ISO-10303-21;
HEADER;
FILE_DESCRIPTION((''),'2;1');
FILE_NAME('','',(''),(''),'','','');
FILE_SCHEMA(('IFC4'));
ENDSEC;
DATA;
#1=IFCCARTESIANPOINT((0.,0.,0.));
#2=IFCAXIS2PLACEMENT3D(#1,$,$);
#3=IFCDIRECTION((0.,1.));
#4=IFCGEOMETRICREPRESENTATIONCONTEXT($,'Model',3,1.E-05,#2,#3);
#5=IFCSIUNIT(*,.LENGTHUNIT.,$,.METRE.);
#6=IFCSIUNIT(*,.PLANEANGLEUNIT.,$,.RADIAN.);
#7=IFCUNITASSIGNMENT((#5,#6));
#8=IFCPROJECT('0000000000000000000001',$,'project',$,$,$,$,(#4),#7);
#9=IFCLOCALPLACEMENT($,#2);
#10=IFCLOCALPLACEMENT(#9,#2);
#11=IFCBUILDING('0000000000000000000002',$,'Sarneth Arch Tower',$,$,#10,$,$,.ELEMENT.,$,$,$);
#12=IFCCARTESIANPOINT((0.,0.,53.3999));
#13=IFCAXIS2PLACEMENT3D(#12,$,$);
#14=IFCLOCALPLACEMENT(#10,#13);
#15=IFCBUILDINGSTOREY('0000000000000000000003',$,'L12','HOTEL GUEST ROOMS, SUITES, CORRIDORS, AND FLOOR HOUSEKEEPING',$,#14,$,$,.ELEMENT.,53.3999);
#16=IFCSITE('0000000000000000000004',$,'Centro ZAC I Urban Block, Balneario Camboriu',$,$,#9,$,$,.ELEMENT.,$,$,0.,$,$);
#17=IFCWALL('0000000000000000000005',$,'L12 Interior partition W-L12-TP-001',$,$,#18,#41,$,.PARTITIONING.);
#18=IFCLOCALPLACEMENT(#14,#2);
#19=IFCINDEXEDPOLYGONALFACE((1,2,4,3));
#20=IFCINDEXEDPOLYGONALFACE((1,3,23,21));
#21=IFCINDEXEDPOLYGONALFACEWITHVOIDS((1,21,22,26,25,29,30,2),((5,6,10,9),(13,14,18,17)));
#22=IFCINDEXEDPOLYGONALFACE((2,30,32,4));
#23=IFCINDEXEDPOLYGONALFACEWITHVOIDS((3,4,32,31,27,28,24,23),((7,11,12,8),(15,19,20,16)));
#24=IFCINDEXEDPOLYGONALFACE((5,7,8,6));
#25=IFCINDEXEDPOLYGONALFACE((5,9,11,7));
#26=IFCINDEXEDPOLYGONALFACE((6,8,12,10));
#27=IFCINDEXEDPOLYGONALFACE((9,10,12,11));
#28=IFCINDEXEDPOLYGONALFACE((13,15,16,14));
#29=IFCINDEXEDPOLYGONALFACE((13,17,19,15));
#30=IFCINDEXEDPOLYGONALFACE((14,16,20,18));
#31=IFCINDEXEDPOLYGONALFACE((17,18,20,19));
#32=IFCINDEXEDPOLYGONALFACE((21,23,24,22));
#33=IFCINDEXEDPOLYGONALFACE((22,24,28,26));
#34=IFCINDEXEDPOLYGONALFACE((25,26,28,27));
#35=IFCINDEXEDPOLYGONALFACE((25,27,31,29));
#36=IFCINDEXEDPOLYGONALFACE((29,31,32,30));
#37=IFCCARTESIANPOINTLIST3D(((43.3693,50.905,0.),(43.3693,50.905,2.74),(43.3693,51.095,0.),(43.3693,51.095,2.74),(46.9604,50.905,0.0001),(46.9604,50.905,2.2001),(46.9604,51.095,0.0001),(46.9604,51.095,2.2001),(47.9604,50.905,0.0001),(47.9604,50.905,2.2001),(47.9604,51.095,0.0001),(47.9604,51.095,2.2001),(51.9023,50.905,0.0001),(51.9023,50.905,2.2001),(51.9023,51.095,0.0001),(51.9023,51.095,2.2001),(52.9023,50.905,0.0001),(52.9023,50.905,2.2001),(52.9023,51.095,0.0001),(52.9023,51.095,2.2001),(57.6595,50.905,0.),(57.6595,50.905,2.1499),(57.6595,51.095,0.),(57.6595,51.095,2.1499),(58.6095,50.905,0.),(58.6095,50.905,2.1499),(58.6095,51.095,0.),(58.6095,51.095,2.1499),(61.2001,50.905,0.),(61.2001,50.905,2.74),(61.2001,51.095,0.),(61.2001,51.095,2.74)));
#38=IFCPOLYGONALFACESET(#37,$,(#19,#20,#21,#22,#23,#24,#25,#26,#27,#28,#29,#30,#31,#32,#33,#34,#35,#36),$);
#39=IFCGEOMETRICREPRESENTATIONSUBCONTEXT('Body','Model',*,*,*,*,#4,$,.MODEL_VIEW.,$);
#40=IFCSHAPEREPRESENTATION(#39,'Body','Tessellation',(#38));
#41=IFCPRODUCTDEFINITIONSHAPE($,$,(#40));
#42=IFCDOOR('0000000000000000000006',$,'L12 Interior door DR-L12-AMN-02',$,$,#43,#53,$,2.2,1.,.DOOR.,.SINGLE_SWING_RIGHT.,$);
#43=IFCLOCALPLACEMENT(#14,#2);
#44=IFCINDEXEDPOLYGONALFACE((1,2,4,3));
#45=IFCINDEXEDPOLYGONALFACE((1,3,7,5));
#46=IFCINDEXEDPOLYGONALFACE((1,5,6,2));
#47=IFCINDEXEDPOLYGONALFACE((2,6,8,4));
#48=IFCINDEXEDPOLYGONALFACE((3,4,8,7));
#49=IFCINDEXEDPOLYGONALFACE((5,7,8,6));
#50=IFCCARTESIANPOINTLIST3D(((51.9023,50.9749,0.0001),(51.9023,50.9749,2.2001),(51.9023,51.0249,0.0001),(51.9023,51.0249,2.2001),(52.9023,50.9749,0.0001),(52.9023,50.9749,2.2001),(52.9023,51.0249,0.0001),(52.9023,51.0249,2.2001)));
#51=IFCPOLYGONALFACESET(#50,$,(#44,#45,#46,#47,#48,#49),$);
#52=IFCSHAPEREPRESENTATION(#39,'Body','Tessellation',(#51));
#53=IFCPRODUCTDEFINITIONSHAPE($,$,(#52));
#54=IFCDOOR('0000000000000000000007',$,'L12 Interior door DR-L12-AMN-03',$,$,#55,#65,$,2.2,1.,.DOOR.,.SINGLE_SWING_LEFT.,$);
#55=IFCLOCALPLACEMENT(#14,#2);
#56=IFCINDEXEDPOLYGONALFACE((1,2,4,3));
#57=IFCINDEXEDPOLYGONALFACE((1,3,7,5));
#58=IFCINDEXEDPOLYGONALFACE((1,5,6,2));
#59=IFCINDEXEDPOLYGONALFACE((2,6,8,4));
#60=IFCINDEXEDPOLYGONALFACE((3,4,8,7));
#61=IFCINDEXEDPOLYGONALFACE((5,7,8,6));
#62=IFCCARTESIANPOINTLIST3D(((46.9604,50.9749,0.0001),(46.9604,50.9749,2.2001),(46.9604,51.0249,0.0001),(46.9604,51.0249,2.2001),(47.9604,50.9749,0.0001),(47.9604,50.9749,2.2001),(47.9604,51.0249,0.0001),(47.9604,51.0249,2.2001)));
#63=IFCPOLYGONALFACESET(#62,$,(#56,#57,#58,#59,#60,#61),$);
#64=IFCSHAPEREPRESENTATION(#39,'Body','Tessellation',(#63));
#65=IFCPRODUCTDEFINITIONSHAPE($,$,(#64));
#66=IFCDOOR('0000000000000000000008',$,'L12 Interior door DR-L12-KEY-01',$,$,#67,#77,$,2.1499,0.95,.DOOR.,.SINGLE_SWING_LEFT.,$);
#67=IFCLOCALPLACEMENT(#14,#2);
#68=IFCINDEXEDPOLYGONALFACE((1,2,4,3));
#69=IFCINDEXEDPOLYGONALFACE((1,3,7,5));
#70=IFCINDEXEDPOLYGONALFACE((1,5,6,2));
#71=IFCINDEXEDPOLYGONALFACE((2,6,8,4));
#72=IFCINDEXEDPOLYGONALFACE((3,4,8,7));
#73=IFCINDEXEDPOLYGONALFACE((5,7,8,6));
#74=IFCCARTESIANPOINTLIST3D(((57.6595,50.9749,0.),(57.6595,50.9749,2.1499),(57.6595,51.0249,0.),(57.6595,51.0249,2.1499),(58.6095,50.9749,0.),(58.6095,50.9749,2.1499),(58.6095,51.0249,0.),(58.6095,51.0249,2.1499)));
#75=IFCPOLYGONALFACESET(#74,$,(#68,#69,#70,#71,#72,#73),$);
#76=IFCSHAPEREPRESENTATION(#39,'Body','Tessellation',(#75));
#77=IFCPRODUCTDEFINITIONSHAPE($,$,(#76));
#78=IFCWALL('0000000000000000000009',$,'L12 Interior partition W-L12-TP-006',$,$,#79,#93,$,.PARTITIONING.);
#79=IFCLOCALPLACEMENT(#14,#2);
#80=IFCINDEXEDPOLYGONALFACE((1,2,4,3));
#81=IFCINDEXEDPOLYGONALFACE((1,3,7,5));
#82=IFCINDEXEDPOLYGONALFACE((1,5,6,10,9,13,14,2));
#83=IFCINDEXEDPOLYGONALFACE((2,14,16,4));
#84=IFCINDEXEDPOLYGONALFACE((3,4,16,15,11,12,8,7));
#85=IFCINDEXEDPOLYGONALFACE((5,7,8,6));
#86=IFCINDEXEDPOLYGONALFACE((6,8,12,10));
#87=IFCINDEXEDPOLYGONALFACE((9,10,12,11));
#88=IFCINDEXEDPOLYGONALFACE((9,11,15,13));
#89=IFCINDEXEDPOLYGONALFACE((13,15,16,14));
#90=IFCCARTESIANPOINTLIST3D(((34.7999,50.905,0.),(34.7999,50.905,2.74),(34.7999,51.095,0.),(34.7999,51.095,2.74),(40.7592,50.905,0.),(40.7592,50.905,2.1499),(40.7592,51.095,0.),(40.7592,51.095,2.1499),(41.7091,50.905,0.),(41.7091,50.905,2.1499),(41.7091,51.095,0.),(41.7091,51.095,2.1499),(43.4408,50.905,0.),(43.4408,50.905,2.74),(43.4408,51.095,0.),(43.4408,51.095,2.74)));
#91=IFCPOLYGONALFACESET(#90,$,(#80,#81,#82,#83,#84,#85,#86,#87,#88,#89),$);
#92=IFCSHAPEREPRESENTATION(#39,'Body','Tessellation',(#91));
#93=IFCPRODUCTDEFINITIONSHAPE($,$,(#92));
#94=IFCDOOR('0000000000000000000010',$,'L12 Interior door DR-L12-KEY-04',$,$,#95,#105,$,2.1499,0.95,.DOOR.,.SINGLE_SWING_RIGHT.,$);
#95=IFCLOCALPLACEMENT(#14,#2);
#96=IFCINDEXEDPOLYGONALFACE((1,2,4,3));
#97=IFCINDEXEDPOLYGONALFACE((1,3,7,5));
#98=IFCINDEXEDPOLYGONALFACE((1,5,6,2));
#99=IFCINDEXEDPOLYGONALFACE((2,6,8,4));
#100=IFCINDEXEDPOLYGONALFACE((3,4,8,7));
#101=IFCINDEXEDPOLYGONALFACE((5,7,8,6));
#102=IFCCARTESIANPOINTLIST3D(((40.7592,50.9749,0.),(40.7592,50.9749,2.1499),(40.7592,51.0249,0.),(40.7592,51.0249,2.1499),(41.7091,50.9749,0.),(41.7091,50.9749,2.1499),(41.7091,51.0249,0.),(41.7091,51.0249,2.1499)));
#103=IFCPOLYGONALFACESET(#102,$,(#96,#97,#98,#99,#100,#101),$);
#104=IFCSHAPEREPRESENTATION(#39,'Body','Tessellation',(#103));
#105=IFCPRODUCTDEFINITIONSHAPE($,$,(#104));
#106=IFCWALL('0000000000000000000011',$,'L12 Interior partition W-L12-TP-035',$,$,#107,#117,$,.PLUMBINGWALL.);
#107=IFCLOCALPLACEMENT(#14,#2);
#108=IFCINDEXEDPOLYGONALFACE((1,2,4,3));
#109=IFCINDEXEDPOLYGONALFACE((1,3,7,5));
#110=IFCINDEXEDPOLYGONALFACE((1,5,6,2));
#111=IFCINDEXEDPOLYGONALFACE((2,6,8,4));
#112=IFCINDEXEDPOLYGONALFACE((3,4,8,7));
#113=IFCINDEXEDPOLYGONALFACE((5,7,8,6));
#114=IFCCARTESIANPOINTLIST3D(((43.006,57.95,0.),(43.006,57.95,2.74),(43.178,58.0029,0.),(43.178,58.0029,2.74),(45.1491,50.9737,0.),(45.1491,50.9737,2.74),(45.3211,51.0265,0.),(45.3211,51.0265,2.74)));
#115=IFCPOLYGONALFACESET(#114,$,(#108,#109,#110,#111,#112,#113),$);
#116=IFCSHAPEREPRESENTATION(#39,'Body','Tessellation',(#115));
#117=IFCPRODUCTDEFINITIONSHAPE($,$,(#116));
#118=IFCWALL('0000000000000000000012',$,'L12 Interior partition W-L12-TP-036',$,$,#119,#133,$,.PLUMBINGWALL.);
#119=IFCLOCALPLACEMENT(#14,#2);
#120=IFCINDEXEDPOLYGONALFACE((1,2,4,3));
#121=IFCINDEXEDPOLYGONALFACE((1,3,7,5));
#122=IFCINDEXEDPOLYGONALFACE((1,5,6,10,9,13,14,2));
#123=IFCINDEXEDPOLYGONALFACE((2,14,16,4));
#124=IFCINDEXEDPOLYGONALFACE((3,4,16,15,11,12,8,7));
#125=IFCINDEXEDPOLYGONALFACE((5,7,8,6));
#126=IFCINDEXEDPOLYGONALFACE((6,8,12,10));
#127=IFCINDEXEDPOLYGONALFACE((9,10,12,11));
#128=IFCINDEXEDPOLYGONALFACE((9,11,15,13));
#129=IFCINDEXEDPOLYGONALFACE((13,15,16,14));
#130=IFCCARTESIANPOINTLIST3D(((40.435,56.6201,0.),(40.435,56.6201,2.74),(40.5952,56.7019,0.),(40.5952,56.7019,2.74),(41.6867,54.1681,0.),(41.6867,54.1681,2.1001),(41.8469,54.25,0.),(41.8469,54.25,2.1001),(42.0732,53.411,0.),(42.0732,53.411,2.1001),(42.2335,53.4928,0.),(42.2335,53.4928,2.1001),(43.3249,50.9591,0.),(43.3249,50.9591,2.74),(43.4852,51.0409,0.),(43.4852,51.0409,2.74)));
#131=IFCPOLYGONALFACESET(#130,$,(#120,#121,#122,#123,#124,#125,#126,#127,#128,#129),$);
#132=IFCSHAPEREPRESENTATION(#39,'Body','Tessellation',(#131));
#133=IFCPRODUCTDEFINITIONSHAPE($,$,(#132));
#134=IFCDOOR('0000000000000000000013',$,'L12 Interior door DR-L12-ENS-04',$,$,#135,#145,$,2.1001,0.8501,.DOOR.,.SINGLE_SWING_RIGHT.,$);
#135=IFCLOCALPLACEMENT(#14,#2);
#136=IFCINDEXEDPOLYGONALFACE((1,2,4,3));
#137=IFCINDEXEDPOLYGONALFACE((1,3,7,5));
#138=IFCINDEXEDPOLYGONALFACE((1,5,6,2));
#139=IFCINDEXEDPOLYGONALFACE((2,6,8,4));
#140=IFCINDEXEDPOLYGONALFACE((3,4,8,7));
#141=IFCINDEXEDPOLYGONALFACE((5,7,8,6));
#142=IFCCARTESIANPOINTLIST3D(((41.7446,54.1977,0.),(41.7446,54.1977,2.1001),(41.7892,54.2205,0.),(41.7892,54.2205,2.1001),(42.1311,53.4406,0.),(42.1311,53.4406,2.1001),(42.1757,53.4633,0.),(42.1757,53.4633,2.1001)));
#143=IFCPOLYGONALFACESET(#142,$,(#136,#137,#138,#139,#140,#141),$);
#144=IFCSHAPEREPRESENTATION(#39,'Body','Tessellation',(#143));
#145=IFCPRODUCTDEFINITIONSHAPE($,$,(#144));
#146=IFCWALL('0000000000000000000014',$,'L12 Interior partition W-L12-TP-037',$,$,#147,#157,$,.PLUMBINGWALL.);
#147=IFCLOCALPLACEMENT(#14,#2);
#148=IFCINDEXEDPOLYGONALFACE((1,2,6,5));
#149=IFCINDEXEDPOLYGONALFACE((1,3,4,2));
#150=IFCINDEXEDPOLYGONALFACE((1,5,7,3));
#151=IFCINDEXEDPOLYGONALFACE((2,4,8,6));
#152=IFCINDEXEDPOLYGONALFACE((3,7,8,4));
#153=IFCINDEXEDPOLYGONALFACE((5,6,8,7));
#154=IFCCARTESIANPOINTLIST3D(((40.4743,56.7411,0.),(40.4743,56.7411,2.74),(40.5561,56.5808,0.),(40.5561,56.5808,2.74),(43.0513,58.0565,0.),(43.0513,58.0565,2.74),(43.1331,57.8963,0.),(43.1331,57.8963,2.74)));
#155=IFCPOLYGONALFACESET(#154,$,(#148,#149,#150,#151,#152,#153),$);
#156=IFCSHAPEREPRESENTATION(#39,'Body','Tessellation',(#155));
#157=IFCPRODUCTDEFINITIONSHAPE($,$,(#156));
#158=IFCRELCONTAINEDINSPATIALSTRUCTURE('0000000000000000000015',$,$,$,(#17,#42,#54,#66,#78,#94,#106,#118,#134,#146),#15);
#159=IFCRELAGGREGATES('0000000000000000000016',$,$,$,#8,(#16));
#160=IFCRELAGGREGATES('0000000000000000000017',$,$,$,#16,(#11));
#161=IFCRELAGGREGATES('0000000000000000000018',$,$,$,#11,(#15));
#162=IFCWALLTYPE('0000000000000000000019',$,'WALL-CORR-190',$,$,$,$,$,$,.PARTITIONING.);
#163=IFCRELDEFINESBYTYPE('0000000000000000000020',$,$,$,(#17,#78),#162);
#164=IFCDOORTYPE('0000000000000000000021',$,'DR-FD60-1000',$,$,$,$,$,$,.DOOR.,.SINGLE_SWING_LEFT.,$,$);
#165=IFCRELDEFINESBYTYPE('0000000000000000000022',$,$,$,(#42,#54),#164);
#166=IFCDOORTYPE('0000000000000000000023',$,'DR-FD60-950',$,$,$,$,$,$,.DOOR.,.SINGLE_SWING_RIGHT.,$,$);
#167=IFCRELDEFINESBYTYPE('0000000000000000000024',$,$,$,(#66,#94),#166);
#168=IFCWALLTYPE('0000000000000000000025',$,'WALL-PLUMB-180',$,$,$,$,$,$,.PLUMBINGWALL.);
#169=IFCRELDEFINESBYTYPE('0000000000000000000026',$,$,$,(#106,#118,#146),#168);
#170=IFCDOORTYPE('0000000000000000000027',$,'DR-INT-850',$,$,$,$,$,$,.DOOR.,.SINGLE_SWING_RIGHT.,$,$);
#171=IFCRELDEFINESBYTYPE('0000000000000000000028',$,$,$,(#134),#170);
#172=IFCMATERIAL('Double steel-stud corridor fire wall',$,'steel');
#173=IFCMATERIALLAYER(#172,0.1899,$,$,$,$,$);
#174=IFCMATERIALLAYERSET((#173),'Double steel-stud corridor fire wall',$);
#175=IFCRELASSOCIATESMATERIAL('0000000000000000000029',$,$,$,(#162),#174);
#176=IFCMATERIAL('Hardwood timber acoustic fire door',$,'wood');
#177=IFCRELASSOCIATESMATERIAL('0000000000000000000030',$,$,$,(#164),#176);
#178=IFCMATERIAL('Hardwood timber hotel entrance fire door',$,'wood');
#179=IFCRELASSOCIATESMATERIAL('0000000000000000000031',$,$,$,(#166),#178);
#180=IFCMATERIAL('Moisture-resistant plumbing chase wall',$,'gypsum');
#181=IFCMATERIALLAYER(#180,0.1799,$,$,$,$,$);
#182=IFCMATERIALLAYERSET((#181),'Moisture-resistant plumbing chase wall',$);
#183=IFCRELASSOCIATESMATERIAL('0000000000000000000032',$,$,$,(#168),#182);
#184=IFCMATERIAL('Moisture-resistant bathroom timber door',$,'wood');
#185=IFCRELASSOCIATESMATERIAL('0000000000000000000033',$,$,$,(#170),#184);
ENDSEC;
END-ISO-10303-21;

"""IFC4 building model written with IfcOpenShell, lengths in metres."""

from ifc_helpers import new_model, si_unit, direction, frame, frame_2d, origin, place, context, subcontext, project, spatial, rectangle, extrude, material, layer, layer_set, type_object, element, fill, save


model = new_model("IFC4")

# Units and contexts
model_context = context("Model", 3, precision=1e-05, world=origin(), true_north=direction((0.0, 1.0)))
body_context = subcontext(model_context, "Body", "Model", "MODEL_VIEW")
ifc_project = project(units=[si_unit("LENGTHUNIT", "METRE"), si_unit("PLANEANGLEUNIT", "RADIAN")], contexts=[model_context])

# Site, building, storey
site_placement = place(None, origin())
site = spatial("IfcSite", under=ifc_project, at=site_placement, Name="Centro ZAC I Urban Block, Balneario Camboriu", CompositionType="ELEMENT", RefElevation=0.0)
building_placement = place(site_placement, origin())
building = spatial("IfcBuilding", under=site, at=building_placement, Name="Sarneth Arch Tower", CompositionType="ELEMENT")
storey_placement = place(building_placement, frame((0.0, 0.0, 53.3999)))
storey = spatial("IfcBuildingStorey", under=building, at=storey_placement, Name="L12", Description="HOTEL GUEST ROOMS, SUITES, CORRIDORS, AND FLOOR HOUSEKEEPING", CompositionType="ELEMENT", Elevation=53.3999)

# Wall, openings, doors
ifc_material_1 = material(Name="Double steel-stud corridor fire wall", Category="steel")
ifc_layer_1 = layer(ifc_material_1, 0.1899)
ifc_layer_set_1 = layer_set([ifc_layer_1], Name="Double steel-stud corridor fire wall")
wall_type_1 = type_object("IfcWallType", Name="WALL-CORR-190", PredefinedType="PARTITIONING", material=ifc_layer_set_1)
wall_1_placement = place(storey_placement, frame((43.3691, 51.0, 0.0), z_axis=(0.0, 0.0, 1.0), x_axis=(1.0, 0.0, 0.0)))
wall_1 = element("IfcWall", 1, at=wall_1_placement, inside=storey, type_object=wall_type_1, Name="L12 Interior partition W-L12-TP-001", PredefinedType="PARTITIONING", context=body_context, shape_type="SweptSolid", body=[
    extrude(rectangle(XDim=17.8308, YDim=0.1899, at=frame_2d((8.9155, 0.0))), origin(), (0.0, 0.0, 1.0), 2.74),
])
opening_1_placement = place(wall_1_placement, frame((14.2903, 0.0, 0.0)))
opening_1 = element("IfcOpeningElement", 2, at=opening_1_placement, cuts=wall_1, PredefinedType="OPENING", context=body_context, shape_type="SweptSolid", body=[
    extrude(rectangle(XDim=0.95, YDim=2.1499, at=frame_2d((0.4751, 1.075))), frame((0.0, 0.105, 0.0), z_axis=(0.0, -1.0, 0.0), x_axis=(1.0, 0.0, 0.0)), (0.0, 0.0, 1.0), 0.21),
])
opening_2_placement = place(wall_1_placement, frame((8.5332, 0.0, 0.0)))
opening_2 = element("IfcOpeningElement", 3, at=opening_2_placement, cuts=wall_1, PredefinedType="OPENING", context=body_context, shape_type="SweptSolid", body=[
    extrude(rectangle(XDim=1.0, YDim=2.2, at=frame_2d((0.5, 1.1001))), frame((0.0, 0.105, 0.0), z_axis=(0.0, -1.0, 0.0), x_axis=(1.0, 0.0, 0.0)), (0.0, 0.0, 1.0), 0.21),
])
opening_3_placement = place(wall_1_placement, frame((3.5913, 0.0, 0.0)))
opening_3 = element("IfcOpeningElement", 4, at=opening_3_placement, cuts=wall_1, PredefinedType="OPENING", context=body_context, shape_type="SweptSolid", body=[
    extrude(rectangle(XDim=1.0, YDim=2.2, at=frame_2d((0.5, 1.1001))), frame((0.0, 0.105, 0.0), z_axis=(0.0, -1.0, 0.0), x_axis=(1.0, 0.0, 0.0)), (0.0, 0.0, 1.0), 0.21),
])
ifc_material_2 = material(Name="Hardwood timber acoustic fire door", Category="wood")
door_type_1 = type_object("IfcDoorType", Name="DR-FD60-1000", OperationType="SINGLE_SWING_LEFT", PredefinedType="DOOR", material=ifc_material_2)
door_1_placement = place(opening_2_placement, origin())
door_1 = element("IfcDoor", 5, at=door_1_placement, inside=storey, type_object=door_type_1, Name="L12 Interior door DR-L12-AMN-02", OperationType="SINGLE_SWING_RIGHT", OverallHeight=2.2, OverallWidth=1.0, PredefinedType="DOOR", context=body_context, shape_type="SweptSolid", body=[
    extrude(rectangle(XDim=1.0, YDim=2.2, at=frame_2d((0.5, 1.1001))), frame((0.0, 0.0249, 0.0), z_axis=(0.0, -1.0, 0.0), x_axis=(1.0, 0.0, 0.0)), (0.0, 0.0, 1.0), 0.05),
])
fill(opening_2, door_1)
door_2_placement = place(opening_3_placement, origin())
door_2 = element("IfcDoor", 6, at=door_2_placement, inside=storey, type_object=door_type_1, Name="L12 Interior door DR-L12-AMN-03", OperationType="SINGLE_SWING_LEFT", OverallHeight=2.2, OverallWidth=1.0, PredefinedType="DOOR", context=body_context, shape_type="SweptSolid", body=[
    extrude(rectangle(XDim=1.0, YDim=2.2, at=frame_2d((0.5, 1.1001))), frame((0.0, 0.0249, 0.0), z_axis=(0.0, -1.0, 0.0), x_axis=(1.0, 0.0, 0.0)), (0.0, 0.0, 1.0), 0.05),
])
fill(opening_3, door_2)
ifc_material_3 = material(Name="Hardwood timber hotel entrance fire door", Category="wood")
door_type_2 = type_object("IfcDoorType", Name="DR-FD60-950", OperationType="SINGLE_SWING_RIGHT", PredefinedType="DOOR", material=ifc_material_3)
door_3_placement = place(opening_1_placement, origin())
door_3 = element("IfcDoor", 7, at=door_3_placement, inside=storey, type_object=door_type_2, Name="L12 Interior door DR-L12-KEY-01", OperationType="SINGLE_SWING_LEFT", OverallHeight=2.1499, OverallWidth=0.95, PredefinedType="DOOR", context=body_context, shape_type="SweptSolid", body=[
    extrude(rectangle(XDim=0.95, YDim=2.1499, at=frame_2d((0.4751, 1.075))), frame((0.0, 0.0249, 0.0), z_axis=(0.0, -1.0, 0.0), x_axis=(1.0, 0.0, 0.0)), (0.0, 0.0, 1.0), 0.05),
])
fill(opening_1, door_3)

# Wall, opening, door
wall_2_placement = place(storey_placement, frame((34.8, 51.0, 0.0), z_axis=(0.0, 0.0, 1.0), x_axis=(1.0, 0.0, 0.0)))
wall_2 = element("IfcWall", 8, at=wall_2_placement, inside=storey, type_object=wall_type_1, Name="L12 Interior partition W-L12-TP-006", PredefinedType="PARTITIONING", context=body_context, shape_type="SweptSolid", body=[
    extrude(rectangle(XDim=8.6409, YDim=0.1899, at=frame_2d((4.3203, 0.0))), origin(), (0.0, 0.0, 1.0), 2.74),
])
opening_4_placement = place(wall_2_placement, frame((5.959, 0.0, 0.0)))
opening_4 = element("IfcOpeningElement", 9, at=opening_4_placement, cuts=wall_2, PredefinedType="OPENING", context=body_context, shape_type="SweptSolid", body=[
    extrude(rectangle(XDim=0.95, YDim=2.1499, at=frame_2d((0.4751, 1.075))), frame((0.0, 0.105, 0.0), z_axis=(0.0, -1.0, 0.0), x_axis=(1.0, 0.0, 0.0)), (0.0, 0.0, 1.0), 0.21),
])
door_4_placement = place(opening_4_placement, origin())
door_4 = element("IfcDoor", 10, at=door_4_placement, inside=storey, type_object=door_type_2, Name="L12 Interior door DR-L12-KEY-04", OperationType="SINGLE_SWING_RIGHT", OverallHeight=2.1499, OverallWidth=0.95, PredefinedType="DOOR", context=body_context, shape_type="SweptSolid", body=[
    extrude(rectangle(XDim=0.95, YDim=2.1499, at=frame_2d((0.4751, 1.075))), frame((0.0, 0.0249, 0.0), z_axis=(0.0, -1.0, 0.0), x_axis=(1.0, 0.0, 0.0)), (0.0, 0.0, 1.0), 0.05),
])
fill(opening_4, door_4)

# Wall
ifc_material_4 = material(Name="Moisture-resistant plumbing chase wall", Category="gypsum")
ifc_layer_2 = layer(ifc_material_4, 0.1799)
ifc_layer_set_2 = layer_set([ifc_layer_2], Name="Moisture-resistant plumbing chase wall")
wall_type_2 = type_object("IfcWallType", Name="WALL-PLUMB-180", PredefinedType="PLUMBINGWALL", material=ifc_layer_set_2)
wall_3_placement = place(storey_placement, frame((43.092, 57.9763, 0.0), z_axis=(0.0, 0.0, 1.0), x_axis=(0.293649, -0.955913, 0.0)))
element("IfcWall", 11, at=wall_3_placement, inside=storey, type_object=wall_type_2, Name="L12 Interior partition W-L12-TP-035", PredefinedType="PLUMBINGWALL", context=body_context, shape_type="SweptSolid", body=[
    extrude(rectangle(XDim=7.2981, YDim=0.1799, at=frame_2d((3.6489, 0.0))), origin(), (0.0, 0.0, 1.0), 2.74),
])

# Wall, opening, door
wall_4_placement = place(storey_placement, frame((43.405, 51.0, 0.0), z_axis=(0.0, 0.0, 1.0), x_axis=(-0.454681, 0.890655, 0.0)))
wall_4 = element("IfcWall", 12, at=wall_4_placement, inside=storey, type_object=wall_type_2, Name="L12 Interior partition W-L12-TP-036", PredefinedType="PLUMBINGWALL", context=body_context, shape_type="SweptSolid", body=[
    extrude(rectangle(XDim=6.356, YDim=0.1799, at=frame_2d((3.178, 0.0))), origin(), (0.0, 0.0, 1.0), 2.74),
])
opening_5_placement = place(wall_4_placement, frame((2.7529, 0.0, 0.0)))
opening_5 = element("IfcOpeningElement", 13, at=opening_5_placement, cuts=wall_4, PredefinedType="OPENING", context=body_context, shape_type="SweptSolid", body=[
    extrude(rectangle(XDim=0.8501, YDim=2.1001, at=frame_2d((0.425, 1.05))), frame((0.0, 0.0999, 0.0), z_axis=(0.0, -1.0, 0.0), x_axis=(1.0, 0.0, 0.0)), (0.0, 0.0, 1.0), 0.2),
])
ifc_material_5 = material(Name="Moisture-resistant bathroom timber door", Category="wood")
door_type_3 = type_object("IfcDoorType", Name="DR-INT-850", OperationType="SINGLE_SWING_RIGHT", PredefinedType="DOOR", material=ifc_material_5)
door_5_placement = place(opening_5_placement, origin())
door_5 = element("IfcDoor", 14, at=door_5_placement, inside=storey, type_object=door_type_3, Name="L12 Interior door DR-L12-ENS-04", OperationType="SINGLE_SWING_RIGHT", OverallHeight=2.1001, OverallWidth=0.8501, PredefinedType="DOOR", context=body_context, shape_type="SweptSolid", body=[
    extrude(rectangle(XDim=0.8501, YDim=2.1001, at=frame_2d((0.425, 1.05))), frame((0.0, 0.0249, 0.0), z_axis=(0.0, -1.0, 0.0), x_axis=(1.0, 0.0, 0.0)), (0.0, 0.0, 1.0), 0.05),
])
fill(opening_5, door_5)

# Wall
wall_5_placement = place(storey_placement, frame((40.5151, 56.6609, 0.0), z_axis=(0.0, 0.0, 1.0), x_axis=(0.890666, 0.454658, 0.0)))
element("IfcWall", 15, at=wall_5_placement, inside=storey, type_object=wall_type_2, Name="L12 Interior partition W-L12-TP-037", PredefinedType="PLUMBINGWALL", context=body_context, shape_type="SweptSolid", body=[
    extrude(rectangle(XDim=2.8933, YDim=0.1799, at=frame_2d((1.4468, 0.0))), origin(), (0.0, 0.0, 1.0), 2.74),
])

save(model, "model.ifc")
